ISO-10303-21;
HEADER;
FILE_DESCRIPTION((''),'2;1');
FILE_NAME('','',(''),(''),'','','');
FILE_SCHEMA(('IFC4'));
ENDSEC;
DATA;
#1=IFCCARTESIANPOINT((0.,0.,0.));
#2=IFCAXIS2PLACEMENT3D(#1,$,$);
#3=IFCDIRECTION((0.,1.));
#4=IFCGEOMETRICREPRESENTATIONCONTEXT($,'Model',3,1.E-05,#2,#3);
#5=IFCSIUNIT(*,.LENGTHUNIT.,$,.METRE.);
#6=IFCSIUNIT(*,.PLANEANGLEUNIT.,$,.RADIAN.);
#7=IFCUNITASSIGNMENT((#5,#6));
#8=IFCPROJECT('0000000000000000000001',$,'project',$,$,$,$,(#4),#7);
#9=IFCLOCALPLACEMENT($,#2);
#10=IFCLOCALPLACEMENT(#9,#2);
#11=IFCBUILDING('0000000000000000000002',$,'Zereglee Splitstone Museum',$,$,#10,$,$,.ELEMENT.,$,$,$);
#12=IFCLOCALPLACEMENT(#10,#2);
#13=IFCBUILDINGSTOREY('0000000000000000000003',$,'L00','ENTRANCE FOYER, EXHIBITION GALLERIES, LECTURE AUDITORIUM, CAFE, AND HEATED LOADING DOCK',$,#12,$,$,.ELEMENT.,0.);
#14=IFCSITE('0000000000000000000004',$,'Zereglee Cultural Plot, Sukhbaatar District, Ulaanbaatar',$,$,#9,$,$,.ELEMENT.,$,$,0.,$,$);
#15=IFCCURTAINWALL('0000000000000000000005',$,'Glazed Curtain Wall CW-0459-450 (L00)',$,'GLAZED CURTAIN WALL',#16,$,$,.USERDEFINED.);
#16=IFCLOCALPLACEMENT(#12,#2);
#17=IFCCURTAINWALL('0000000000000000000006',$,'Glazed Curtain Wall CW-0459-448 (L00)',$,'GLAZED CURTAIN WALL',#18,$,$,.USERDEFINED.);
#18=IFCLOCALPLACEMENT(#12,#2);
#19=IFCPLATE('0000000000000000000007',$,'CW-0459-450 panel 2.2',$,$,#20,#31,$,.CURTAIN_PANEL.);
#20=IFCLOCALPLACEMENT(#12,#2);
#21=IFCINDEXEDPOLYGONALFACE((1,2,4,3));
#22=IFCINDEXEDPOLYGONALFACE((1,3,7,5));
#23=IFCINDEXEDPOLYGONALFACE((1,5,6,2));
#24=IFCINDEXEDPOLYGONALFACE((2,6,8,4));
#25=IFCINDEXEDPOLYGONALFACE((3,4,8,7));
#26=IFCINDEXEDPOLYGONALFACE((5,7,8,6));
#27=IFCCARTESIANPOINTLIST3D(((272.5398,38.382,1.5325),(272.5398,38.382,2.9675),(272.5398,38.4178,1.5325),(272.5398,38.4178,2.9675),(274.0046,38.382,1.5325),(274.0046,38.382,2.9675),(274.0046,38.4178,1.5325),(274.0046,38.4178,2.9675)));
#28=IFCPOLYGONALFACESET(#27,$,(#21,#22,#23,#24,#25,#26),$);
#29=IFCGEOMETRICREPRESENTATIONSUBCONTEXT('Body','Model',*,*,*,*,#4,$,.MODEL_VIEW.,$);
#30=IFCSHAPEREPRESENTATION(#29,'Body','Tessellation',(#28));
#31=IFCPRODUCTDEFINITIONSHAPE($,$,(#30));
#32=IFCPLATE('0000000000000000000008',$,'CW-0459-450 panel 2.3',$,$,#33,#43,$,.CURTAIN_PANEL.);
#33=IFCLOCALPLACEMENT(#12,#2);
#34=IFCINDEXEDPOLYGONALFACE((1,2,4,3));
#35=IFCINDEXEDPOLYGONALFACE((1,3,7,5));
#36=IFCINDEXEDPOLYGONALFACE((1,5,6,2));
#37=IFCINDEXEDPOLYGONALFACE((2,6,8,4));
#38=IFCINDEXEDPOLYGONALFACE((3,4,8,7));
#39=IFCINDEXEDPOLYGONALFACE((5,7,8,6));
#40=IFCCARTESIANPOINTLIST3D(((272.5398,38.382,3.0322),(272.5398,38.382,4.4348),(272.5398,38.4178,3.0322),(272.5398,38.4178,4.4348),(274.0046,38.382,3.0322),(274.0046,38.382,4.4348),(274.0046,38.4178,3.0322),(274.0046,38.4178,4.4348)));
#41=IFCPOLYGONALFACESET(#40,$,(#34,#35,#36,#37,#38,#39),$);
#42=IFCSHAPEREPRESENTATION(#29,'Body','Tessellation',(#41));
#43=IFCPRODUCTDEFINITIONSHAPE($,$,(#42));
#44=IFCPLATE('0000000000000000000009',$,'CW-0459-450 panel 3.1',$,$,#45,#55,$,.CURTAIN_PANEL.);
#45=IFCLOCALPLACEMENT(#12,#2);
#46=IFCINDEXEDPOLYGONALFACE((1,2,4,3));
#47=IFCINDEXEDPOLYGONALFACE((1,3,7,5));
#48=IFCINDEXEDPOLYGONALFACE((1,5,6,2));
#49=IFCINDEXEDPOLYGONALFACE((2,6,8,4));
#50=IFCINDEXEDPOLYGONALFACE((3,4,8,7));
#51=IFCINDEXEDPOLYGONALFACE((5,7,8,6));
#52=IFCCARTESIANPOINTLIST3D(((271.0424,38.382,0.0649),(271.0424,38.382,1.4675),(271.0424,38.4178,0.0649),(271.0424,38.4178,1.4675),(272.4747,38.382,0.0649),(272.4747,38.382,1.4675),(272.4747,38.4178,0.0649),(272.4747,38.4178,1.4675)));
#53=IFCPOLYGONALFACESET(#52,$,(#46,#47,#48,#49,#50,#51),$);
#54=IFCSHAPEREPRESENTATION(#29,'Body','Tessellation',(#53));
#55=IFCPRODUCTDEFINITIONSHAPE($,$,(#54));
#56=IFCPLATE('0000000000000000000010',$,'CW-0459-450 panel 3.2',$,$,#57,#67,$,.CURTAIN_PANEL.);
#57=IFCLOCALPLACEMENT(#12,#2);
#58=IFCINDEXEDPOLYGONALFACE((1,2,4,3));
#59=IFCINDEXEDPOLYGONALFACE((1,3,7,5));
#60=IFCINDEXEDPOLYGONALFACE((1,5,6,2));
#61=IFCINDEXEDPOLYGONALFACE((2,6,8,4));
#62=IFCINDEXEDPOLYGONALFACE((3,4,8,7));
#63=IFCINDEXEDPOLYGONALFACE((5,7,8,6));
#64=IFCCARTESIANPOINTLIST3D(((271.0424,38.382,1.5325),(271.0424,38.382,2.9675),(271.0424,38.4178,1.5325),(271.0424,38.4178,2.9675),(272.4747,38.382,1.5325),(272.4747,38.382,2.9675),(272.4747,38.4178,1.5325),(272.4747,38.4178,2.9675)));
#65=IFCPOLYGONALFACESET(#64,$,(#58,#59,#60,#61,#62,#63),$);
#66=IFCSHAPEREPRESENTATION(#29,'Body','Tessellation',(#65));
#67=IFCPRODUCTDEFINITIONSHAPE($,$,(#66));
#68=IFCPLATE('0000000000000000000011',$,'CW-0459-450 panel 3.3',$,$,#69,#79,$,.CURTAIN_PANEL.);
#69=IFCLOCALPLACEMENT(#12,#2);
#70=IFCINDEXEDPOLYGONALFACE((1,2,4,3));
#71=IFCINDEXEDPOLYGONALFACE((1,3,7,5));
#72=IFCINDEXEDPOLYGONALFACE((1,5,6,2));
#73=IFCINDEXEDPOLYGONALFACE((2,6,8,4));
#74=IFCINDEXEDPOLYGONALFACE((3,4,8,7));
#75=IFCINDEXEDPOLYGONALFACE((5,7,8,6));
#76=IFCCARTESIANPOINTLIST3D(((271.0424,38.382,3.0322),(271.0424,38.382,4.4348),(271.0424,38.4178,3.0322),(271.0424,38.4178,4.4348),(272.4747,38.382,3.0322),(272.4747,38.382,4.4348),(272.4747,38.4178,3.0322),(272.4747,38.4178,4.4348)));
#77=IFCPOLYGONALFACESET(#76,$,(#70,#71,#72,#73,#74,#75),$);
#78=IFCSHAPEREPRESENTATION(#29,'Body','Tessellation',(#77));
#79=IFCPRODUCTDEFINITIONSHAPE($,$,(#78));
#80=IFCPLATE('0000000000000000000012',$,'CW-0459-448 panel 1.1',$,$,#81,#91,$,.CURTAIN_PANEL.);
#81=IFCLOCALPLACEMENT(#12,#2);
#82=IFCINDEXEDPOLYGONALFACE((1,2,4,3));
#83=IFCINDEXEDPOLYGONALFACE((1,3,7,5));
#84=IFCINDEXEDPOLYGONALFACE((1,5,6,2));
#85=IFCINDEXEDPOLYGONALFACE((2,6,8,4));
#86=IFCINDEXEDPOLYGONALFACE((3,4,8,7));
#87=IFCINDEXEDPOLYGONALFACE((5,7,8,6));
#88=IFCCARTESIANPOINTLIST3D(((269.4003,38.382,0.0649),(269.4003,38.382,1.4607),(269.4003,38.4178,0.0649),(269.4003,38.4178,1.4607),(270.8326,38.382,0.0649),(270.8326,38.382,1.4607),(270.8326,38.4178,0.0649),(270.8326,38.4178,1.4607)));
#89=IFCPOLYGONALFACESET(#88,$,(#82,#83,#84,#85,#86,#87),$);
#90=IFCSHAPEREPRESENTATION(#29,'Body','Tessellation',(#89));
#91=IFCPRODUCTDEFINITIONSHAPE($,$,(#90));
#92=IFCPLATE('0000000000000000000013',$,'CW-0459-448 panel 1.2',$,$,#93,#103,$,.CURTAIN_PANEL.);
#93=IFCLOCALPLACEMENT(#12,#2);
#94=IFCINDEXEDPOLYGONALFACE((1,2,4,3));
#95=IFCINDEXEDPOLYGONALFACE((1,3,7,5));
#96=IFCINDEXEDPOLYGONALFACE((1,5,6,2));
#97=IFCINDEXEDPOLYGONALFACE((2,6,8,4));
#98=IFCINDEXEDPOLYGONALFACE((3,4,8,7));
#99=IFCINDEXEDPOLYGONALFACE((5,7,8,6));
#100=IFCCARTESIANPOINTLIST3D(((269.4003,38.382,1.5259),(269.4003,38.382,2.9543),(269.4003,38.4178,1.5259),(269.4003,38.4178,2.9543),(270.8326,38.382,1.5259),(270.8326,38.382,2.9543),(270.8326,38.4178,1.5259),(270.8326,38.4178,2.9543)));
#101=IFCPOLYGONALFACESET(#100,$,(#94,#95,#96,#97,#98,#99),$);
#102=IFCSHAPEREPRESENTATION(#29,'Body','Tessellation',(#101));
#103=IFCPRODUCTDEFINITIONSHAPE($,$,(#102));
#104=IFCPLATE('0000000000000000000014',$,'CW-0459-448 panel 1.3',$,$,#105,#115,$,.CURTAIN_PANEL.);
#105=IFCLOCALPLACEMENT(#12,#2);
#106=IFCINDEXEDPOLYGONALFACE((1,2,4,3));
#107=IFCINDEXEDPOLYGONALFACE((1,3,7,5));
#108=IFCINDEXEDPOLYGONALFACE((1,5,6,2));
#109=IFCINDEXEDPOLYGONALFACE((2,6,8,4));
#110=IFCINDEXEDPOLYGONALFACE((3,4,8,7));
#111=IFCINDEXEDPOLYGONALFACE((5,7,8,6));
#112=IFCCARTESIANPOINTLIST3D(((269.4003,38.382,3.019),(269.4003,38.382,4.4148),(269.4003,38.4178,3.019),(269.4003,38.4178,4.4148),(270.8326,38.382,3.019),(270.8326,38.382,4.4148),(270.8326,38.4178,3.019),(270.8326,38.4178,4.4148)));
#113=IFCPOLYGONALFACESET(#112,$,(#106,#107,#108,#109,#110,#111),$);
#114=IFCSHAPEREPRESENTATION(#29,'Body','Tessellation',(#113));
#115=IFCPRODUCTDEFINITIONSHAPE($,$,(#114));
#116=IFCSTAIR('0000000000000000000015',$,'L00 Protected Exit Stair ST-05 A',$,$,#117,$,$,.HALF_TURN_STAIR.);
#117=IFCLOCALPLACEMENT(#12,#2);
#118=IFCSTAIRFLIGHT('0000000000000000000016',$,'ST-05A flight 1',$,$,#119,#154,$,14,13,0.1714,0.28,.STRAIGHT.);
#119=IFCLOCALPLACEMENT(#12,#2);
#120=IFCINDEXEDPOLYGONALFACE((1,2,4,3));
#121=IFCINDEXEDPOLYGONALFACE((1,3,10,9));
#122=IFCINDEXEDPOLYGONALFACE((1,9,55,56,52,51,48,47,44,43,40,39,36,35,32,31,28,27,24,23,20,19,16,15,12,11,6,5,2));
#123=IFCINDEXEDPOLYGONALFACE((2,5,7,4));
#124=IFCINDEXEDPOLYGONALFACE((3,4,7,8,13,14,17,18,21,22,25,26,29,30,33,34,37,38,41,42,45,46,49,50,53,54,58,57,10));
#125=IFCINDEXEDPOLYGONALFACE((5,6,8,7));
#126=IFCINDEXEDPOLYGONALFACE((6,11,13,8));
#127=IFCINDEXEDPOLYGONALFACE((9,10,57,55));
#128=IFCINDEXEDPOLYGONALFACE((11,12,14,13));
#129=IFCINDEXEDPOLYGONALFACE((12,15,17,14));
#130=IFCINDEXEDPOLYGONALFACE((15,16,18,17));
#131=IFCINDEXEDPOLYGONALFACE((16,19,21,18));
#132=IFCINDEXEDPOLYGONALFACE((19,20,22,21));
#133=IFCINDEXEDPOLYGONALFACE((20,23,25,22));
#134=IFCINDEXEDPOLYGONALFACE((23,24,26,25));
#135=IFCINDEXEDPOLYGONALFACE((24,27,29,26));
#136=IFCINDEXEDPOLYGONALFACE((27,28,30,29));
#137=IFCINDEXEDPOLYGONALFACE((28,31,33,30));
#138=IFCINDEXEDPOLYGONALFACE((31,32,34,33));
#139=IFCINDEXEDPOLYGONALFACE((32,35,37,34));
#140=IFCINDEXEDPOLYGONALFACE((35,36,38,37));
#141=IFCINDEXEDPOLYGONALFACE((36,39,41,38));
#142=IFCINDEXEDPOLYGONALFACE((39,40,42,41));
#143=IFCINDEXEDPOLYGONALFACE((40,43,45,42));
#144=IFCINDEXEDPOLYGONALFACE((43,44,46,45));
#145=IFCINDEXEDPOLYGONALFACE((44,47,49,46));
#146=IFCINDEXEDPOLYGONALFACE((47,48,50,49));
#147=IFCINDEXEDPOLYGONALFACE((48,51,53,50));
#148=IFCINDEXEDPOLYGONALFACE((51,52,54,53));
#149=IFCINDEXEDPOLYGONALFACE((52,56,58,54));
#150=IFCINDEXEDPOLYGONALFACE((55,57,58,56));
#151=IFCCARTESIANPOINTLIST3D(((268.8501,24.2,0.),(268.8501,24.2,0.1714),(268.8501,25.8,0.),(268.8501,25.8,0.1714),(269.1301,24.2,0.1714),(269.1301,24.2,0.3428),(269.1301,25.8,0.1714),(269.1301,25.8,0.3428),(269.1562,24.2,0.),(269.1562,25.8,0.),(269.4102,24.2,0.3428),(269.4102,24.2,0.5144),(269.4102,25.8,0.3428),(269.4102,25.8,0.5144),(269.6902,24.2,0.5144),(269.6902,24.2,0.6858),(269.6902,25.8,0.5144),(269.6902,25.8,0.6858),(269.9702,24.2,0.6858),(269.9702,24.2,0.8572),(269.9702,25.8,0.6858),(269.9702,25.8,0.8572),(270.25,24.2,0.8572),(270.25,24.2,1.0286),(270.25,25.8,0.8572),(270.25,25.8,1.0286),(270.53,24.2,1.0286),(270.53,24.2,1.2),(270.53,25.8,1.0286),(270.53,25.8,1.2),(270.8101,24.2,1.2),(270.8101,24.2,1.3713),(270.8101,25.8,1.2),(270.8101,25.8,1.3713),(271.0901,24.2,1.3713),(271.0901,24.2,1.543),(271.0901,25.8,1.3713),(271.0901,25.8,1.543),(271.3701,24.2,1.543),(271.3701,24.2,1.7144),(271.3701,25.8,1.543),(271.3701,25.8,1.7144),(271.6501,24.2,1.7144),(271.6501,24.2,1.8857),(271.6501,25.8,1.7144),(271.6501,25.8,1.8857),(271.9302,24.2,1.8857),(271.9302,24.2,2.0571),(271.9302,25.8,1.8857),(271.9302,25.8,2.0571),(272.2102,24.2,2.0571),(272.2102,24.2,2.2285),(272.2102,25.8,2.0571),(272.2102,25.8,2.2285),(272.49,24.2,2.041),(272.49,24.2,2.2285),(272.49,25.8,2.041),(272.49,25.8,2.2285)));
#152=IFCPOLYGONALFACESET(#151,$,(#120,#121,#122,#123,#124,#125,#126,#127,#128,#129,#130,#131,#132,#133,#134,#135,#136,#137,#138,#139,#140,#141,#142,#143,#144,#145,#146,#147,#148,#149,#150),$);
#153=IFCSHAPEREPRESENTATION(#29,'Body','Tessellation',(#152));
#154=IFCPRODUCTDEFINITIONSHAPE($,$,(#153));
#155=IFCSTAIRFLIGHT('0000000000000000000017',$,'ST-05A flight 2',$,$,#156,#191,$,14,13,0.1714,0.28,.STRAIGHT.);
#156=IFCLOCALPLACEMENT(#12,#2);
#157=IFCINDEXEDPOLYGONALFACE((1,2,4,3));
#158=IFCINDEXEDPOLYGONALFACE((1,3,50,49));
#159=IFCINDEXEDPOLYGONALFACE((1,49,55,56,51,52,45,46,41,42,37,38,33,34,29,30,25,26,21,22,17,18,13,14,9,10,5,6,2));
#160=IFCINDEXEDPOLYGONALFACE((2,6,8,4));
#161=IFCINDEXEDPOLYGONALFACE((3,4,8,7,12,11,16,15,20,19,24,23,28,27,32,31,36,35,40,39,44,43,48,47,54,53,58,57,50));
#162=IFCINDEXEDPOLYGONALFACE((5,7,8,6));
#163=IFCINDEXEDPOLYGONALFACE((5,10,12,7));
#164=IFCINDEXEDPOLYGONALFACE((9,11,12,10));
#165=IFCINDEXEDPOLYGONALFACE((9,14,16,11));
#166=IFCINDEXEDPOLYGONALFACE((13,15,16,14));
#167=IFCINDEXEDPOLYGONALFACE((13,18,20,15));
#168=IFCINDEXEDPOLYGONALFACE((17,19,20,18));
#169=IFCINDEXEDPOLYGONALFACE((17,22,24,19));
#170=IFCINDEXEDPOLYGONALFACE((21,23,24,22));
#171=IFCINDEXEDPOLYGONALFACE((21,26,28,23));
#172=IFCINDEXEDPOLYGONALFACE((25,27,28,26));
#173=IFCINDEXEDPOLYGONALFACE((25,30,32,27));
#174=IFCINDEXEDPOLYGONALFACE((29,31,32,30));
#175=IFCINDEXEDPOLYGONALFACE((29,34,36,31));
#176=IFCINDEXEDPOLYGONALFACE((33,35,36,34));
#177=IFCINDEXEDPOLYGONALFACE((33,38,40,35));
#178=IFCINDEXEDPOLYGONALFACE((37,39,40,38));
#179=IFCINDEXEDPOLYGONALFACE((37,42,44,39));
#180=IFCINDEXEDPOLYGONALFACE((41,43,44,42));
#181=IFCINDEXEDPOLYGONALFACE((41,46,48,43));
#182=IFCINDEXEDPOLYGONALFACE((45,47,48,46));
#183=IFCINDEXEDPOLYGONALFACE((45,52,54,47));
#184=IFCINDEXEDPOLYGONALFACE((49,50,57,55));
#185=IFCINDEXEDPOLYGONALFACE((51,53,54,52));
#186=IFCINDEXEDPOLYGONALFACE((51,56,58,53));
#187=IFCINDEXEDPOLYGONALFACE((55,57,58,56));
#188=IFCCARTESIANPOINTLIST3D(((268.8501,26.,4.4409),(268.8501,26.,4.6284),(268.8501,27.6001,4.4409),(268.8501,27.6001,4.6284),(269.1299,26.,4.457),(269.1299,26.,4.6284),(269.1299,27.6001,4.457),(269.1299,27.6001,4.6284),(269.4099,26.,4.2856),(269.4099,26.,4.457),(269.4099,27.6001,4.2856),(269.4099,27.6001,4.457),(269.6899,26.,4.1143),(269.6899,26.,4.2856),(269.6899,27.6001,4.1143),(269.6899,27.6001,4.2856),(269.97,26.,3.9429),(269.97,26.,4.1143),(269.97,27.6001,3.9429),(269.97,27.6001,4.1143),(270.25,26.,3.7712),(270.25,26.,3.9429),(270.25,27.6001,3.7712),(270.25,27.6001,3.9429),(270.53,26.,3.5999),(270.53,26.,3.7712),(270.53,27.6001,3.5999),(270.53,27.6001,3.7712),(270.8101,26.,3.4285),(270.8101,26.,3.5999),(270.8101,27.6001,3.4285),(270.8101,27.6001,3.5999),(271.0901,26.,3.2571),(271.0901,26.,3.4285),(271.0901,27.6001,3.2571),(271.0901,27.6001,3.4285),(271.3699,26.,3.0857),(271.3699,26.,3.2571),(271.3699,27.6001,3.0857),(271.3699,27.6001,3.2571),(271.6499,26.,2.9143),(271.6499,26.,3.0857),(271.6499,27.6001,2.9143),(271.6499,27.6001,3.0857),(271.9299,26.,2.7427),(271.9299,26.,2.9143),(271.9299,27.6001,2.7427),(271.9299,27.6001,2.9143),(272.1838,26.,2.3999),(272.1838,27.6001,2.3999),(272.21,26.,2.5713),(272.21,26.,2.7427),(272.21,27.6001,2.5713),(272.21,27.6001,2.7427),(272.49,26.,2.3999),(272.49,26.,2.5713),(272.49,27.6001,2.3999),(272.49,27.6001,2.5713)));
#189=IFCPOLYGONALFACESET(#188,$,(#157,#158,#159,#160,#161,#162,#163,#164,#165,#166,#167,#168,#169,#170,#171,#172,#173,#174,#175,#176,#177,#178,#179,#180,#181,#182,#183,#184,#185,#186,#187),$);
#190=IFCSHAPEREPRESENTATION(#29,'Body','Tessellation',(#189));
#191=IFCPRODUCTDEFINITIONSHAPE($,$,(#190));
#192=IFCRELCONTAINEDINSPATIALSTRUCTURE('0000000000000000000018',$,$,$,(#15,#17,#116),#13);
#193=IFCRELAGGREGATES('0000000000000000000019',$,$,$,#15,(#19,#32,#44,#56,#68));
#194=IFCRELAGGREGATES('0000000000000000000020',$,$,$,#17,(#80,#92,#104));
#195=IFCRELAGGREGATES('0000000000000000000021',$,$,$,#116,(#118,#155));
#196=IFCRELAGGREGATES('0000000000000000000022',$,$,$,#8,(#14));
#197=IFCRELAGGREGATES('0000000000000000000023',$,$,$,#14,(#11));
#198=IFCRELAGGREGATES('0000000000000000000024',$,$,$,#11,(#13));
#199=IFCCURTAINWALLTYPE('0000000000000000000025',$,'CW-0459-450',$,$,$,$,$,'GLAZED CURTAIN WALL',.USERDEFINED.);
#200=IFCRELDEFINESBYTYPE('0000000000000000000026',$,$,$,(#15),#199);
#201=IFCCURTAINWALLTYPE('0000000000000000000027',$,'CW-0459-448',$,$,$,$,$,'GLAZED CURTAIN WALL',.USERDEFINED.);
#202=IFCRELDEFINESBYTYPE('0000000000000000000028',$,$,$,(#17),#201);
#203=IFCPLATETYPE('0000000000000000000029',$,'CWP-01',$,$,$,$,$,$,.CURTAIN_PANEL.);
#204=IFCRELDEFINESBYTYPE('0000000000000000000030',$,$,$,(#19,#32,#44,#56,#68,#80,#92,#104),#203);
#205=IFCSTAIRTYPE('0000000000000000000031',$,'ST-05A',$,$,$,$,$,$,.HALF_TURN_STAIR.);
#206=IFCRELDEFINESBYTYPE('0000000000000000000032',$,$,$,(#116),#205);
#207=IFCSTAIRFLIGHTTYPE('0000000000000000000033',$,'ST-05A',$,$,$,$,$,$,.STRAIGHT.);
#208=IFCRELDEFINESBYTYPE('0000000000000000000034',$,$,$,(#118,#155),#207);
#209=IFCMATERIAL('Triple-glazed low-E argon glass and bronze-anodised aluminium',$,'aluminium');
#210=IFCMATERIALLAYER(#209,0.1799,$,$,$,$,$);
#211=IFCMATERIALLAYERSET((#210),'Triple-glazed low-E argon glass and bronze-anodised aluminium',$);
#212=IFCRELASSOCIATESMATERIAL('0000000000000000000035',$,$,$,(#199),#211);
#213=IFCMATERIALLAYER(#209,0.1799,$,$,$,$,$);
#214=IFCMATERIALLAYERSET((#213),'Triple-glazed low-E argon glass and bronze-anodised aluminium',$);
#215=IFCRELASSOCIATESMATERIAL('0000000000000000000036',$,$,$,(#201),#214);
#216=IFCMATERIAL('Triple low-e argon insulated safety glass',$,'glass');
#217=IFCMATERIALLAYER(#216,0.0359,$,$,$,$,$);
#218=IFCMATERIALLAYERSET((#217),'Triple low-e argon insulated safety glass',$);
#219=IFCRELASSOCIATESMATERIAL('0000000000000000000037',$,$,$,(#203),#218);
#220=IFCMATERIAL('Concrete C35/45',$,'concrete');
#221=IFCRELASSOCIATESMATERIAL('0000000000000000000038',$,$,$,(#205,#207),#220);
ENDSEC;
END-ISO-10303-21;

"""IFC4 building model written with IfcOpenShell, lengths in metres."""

from ifc_helpers import new_model, si_unit, direction, frame, origin, origin_2d, place, context, subcontext, project, spatial, polyline, rectangle, outline, extrude, material, layer, layer_set, type_object, element, aggregate, save


model = new_model("IFC4")

# Units and contexts
model_context = context("Model", 3, precision=1e-05, world=origin(), true_north=direction((0.0, 1.0)))
body_context = subcontext(model_context, "Body", "Model", "MODEL_VIEW")
ifc_project = project(units=[si_unit("LENGTHUNIT", "METRE"), si_unit("PLANEANGLEUNIT", "RADIAN")], contexts=[model_context])

# Site, building, storey
site_placement = place(None, origin())
site = spatial("IfcSite", under=ifc_project, at=site_placement, Name="Zereglee Cultural Plot, Sukhbaatar District, Ulaanbaatar", CompositionType="ELEMENT", RefElevation=0.0)
building_placement = place(site_placement, origin())
building = spatial("IfcBuilding", under=site, at=building_placement, Name="Zereglee Splitstone Museum", CompositionType="ELEMENT")
storey_placement = place(building_placement, origin())
storey = spatial("IfcBuildingStorey", under=building, at=storey_placement, Name="L00", Description="ENTRANCE FOYER, EXHIBITION GALLERIES, LECTURE AUDITORIUM, CAFE, AND HEATED LOADING DOCK", CompositionType="ELEMENT", Elevation=0.0)

# Curtain walls
ifc_material_1 = material(Name="Triple-glazed low-E argon glass and bronze-anodised aluminium", Category="aluminium")
ifc_layer_1 = layer(ifc_material_1, 0.1799)
ifc_layer_set_1 = layer_set([ifc_layer_1], Name="Triple-glazed low-E argon glass and bronze-anodised aluminium")
curtain_wall_type_1 = type_object("IfcCurtainWallType", Name="CW-0459-450", ElementType="GLAZED CURTAIN WALL", PredefinedType="USERDEFINED", material=ifc_layer_set_1)
curtain_wall_1_placement = place(storey_placement, origin())
curtain_wall_1 = element("IfcCurtainWall", 1, at=curtain_wall_1_placement, inside=storey, type_object=curtain_wall_type_1, Name="Glazed Curtain Wall CW-0459-450 (L00)", ObjectType="GLAZED CURTAIN WALL", PredefinedType="USERDEFINED")
ifc_layer_2 = layer(ifc_material_1, 0.1799)
ifc_layer_set_2 = layer_set([ifc_layer_2], Name="Triple-glazed low-E argon glass and bronze-anodised aluminium")
curtain_wall_type_2 = type_object("IfcCurtainWallType", Name="CW-0459-448", ElementType="GLAZED CURTAIN WALL", PredefinedType="USERDEFINED", material=ifc_layer_set_2)
curtain_wall_2_placement = place(storey_placement, origin())
curtain_wall_2 = element("IfcCurtainWall", 2, at=curtain_wall_2_placement, inside=storey, type_object=curtain_wall_type_2, Name="Glazed Curtain Wall CW-0459-448 (L00)", ObjectType="GLAZED CURTAIN WALL", PredefinedType="USERDEFINED")

# Plates
ifc_material_2 = material(Name="Triple low-e argon insulated safety glass", Category="glass")
ifc_layer_3 = layer(ifc_material_2, 0.0359)
ifc_layer_set_3 = layer_set([ifc_layer_3], Name="Triple low-e argon insulated safety glass")
plate_type = type_object("IfcPlateType", Name="CWP-01", PredefinedType="CURTAIN_PANEL", material=ifc_layer_set_3)
plate_1_placement = place(storey_placement, frame((273.2722, 38.3999, 1.5325), z_axis=(0.0, 0.0, 1.0), x_axis=(-1.0, 0.0, 0.0)))
plate_1 = element("IfcPlate", 3, at=plate_1_placement, type_object=plate_type, Name="CW-0459-450 panel 2.2", PredefinedType="CURTAIN_PANEL", context=body_context, shape_type="SweptSolid", body=[
    extrude(rectangle(XDim=1.4648, YDim=0.0359, at=origin_2d()), origin(), (0.0, 0.0, 1.0), 1.4351),
])
plate_2_placement = place(storey_placement, frame((273.2722, 38.3999, 3.0322), z_axis=(0.0, 0.0, 1.0), x_axis=(-1.0, 0.0, 0.0)))
plate_2 = element("IfcPlate", 4, at=plate_2_placement, type_object=plate_type, Name="CW-0459-450 panel 2.3", PredefinedType="CURTAIN_PANEL", context=body_context, shape_type="SweptSolid", body=[
    extrude(rectangle(XDim=1.4648, YDim=0.0359, at=origin_2d()), origin(), (0.0, 0.0, 1.0), 1.4026),
])
plate_3_placement = place(storey_placement, frame((271.7585, 38.3999, 0.0649), z_axis=(0.0, 0.0, 1.0), x_axis=(-1.0, 0.0, 0.0)))
plate_3 = element("IfcPlate", 5, at=plate_3_placement, type_object=plate_type, Name="CW-0459-450 panel 3.1", PredefinedType="CURTAIN_PANEL", context=body_context, shape_type="SweptSolid", body=[
    extrude(rectangle(XDim=1.4324, YDim=0.0359, at=origin_2d()), origin(), (0.0, 0.0, 1.0), 1.4026),
])
plate_4_placement = place(storey_placement, frame((271.7585, 38.3999, 1.5325), z_axis=(0.0, 0.0, 1.0), x_axis=(-1.0, 0.0, 0.0)))
plate_4 = element("IfcPlate", 6, at=plate_4_placement, type_object=plate_type, Name="CW-0459-450 panel 3.2", PredefinedType="CURTAIN_PANEL", context=body_context, shape_type="SweptSolid", body=[
    extrude(rectangle(XDim=1.4324, YDim=0.0359, at=origin_2d()), origin(), (0.0, 0.0, 1.0), 1.4351),
])
plate_5_placement = place(storey_placement, frame((271.7585, 38.3999, 3.0322), z_axis=(0.0, 0.0, 1.0), x_axis=(-1.0, 0.0, 0.0)))
plate_5 = element("IfcPlate", 7, at=plate_5_placement, type_object=plate_type, Name="CW-0459-450 panel 3.3", PredefinedType="CURTAIN_PANEL", context=body_context, shape_type="SweptSolid", body=[
    extrude(rectangle(XDim=1.4324, YDim=0.0359, at=origin_2d()), origin(), (0.0, 0.0, 1.0), 1.4026),
])
aggregate(curtain_wall_1, [plate_1, plate_2, plate_3, plate_4, plate_5])
plate_6_placement = place(storey_placement, frame((270.1165, 38.3999, 0.0649), z_axis=(0.0, 0.0, 1.0), x_axis=(-1.0, 0.0, 0.0)))
plate_6 = element("IfcPlate", 8, at=plate_6_placement, type_object=plate_type, Name="CW-0459-448 panel 1.1", PredefinedType="CURTAIN_PANEL", context=body_context, shape_type="SweptSolid", body=[
    extrude(rectangle(XDim=1.4324, YDim=0.0359, at=origin_2d()), origin(), (0.0, 0.0, 1.0), 1.3958),
])
plate_7_placement = place(storey_placement, frame((270.1165, 38.3999, 1.5259), z_axis=(0.0, 0.0, 1.0), x_axis=(-1.0, 0.0, 0.0)))
plate_7 = element("IfcPlate", 9, at=plate_7_placement, type_object=plate_type, Name="CW-0459-448 panel 1.2", PredefinedType="CURTAIN_PANEL", context=body_context, shape_type="SweptSolid", body=[
    extrude(rectangle(XDim=1.4324, YDim=0.0359, at=origin_2d()), origin(), (0.0, 0.0, 1.0), 1.4285),
])
plate_8_placement = place(storey_placement, frame((270.1165, 38.3999, 3.019), z_axis=(0.0, 0.0, 1.0), x_axis=(-1.0, 0.0, 0.0)))
plate_8 = element("IfcPlate", 10, at=plate_8_placement, type_object=plate_type, Name="CW-0459-448 panel 1.3", PredefinedType="CURTAIN_PANEL", context=body_context, shape_type="SweptSolid", body=[
    extrude(rectangle(XDim=1.4324, YDim=0.0359, at=origin_2d()), origin(), (0.0, 0.0, 1.0), 1.3958),
])
aggregate(curtain_wall_2, [plate_6, plate_7, plate_8])

# Stair, stair flights
ifc_material_3 = material(Name="Concrete C35/45", Category="concrete")
stair_type = type_object("IfcStairType", Name="ST-05A", PredefinedType="HALF_TURN_STAIR", material=ifc_material_3)
stair_placement = place(storey_placement, origin())
stair = element("IfcStair", 11, at=stair_placement, inside=storey, type_object=stair_type, Name="L00 Protected Exit Stair ST-05 A", PredefinedType="HALF_TURN_STAIR")
stair_flight_type = type_object("IfcStairFlightType", Name="ST-05A", PredefinedType="STRAIGHT", material=ifc_material_3)
stair_flight_1_placement = place(storey_placement, frame((268.8501, 25.0, 0.0), z_axis=(0.0, 0.0, 1.0), x_axis=(1.0, 0.0, 0.0)))
stair_flight_1 = element("IfcStairFlight", 12, at=stair_flight_1_placement, type_object=stair_flight_type, Name="ST-05A flight 1", NumberOfRisers=14, NumberOfTreads=13, PredefinedType="STRAIGHT", RiserHeight=0.1714, TreadLength=0.28, context=body_context, shape_type="SweptSolid", body=[
    extrude(outline(polyline([(0.0, 0.0), (0.0, 0.1714), (0.28, 0.1714), (0.28, 0.3428), (0.5601, 0.3428), (0.5601, 0.5144), (0.8401, 0.5144), (0.8401, 0.6858), (1.1201, 0.6858), (1.1201, 0.8572), (1.3999, 0.8572), (1.3999, 1.0286), (1.6799, 1.0286), (1.6799, 1.2), (1.96, 1.2), (1.96, 1.3713), (2.24, 1.3713), (2.24, 1.543), (2.52, 1.543), (2.52, 1.7144), (2.8, 1.7144), (2.8, 1.8857), (3.0801, 1.8857), (3.0801, 2.0571), (3.3601, 2.0571), (3.3601, 2.2285), (3.6399, 2.2285), (3.6399, 2.3999), (3.6399, 2.041), (0.3062, 0.0), (0.0, 0.0)])), frame((0.0, 0.8, 0.0), z_axis=(0.0, -1.0, 0.0), x_axis=(1.0, 0.0, 0.0)), (0.0, 0.0, 1.0), 1.6001),
])
stair_flight_2_placement = place(storey_placement, frame((272.49, 26.8, 2.3999), z_axis=(0.0, 0.0, 1.0), x_axis=(-1.0, 0.0, 0.0)))
stair_flight_2 = element("IfcStairFlight", 13, at=stair_flight_2_placement, type_object=stair_flight_type, Name="ST-05A flight 2", NumberOfRisers=14, NumberOfTreads=13, PredefinedType="STRAIGHT", RiserHeight=0.1714, TreadLength=0.28, context=body_context, shape_type="SweptSolid", body=[
    extrude(outline(polyline([(0.0, 0.0), (0.0, 0.1714), (0.28, 0.1714), (0.28, 0.3428), (0.5601, 0.3428), (0.5601, 0.5144), (0.8401, 0.5144), (0.8401, 0.6858), (1.1201, 0.6858), (1.1201, 0.8572), (1.3999, 0.8572), (1.3999, 1.0286), (1.6799, 1.0286), (1.6799, 1.2), (1.96, 1.2), (1.96, 1.3713), (2.24, 1.3713), (2.24, 1.543), (2.52, 1.543), (2.52, 1.7144), (2.8, 1.7144), (2.8, 1.8857), (3.0801, 1.8857), (3.0801, 2.0571), (3.3601, 2.0571), (3.3601, 2.2285), (3.6399, 2.2285), (3.6399, 2.3999), (3.6399, 2.041), (0.3062, 0.0), (0.0, 0.0)])), frame((0.0, 0.8, 0.0), z_axis=(0.0, -1.0, 0.0), x_axis=(1.0, 0.0, 0.0)), (0.0, 0.0, 1.0), 1.6001),
])
aggregate(stair, [stair_flight_1, stair_flight_2])

save(model, "model.ifc")
